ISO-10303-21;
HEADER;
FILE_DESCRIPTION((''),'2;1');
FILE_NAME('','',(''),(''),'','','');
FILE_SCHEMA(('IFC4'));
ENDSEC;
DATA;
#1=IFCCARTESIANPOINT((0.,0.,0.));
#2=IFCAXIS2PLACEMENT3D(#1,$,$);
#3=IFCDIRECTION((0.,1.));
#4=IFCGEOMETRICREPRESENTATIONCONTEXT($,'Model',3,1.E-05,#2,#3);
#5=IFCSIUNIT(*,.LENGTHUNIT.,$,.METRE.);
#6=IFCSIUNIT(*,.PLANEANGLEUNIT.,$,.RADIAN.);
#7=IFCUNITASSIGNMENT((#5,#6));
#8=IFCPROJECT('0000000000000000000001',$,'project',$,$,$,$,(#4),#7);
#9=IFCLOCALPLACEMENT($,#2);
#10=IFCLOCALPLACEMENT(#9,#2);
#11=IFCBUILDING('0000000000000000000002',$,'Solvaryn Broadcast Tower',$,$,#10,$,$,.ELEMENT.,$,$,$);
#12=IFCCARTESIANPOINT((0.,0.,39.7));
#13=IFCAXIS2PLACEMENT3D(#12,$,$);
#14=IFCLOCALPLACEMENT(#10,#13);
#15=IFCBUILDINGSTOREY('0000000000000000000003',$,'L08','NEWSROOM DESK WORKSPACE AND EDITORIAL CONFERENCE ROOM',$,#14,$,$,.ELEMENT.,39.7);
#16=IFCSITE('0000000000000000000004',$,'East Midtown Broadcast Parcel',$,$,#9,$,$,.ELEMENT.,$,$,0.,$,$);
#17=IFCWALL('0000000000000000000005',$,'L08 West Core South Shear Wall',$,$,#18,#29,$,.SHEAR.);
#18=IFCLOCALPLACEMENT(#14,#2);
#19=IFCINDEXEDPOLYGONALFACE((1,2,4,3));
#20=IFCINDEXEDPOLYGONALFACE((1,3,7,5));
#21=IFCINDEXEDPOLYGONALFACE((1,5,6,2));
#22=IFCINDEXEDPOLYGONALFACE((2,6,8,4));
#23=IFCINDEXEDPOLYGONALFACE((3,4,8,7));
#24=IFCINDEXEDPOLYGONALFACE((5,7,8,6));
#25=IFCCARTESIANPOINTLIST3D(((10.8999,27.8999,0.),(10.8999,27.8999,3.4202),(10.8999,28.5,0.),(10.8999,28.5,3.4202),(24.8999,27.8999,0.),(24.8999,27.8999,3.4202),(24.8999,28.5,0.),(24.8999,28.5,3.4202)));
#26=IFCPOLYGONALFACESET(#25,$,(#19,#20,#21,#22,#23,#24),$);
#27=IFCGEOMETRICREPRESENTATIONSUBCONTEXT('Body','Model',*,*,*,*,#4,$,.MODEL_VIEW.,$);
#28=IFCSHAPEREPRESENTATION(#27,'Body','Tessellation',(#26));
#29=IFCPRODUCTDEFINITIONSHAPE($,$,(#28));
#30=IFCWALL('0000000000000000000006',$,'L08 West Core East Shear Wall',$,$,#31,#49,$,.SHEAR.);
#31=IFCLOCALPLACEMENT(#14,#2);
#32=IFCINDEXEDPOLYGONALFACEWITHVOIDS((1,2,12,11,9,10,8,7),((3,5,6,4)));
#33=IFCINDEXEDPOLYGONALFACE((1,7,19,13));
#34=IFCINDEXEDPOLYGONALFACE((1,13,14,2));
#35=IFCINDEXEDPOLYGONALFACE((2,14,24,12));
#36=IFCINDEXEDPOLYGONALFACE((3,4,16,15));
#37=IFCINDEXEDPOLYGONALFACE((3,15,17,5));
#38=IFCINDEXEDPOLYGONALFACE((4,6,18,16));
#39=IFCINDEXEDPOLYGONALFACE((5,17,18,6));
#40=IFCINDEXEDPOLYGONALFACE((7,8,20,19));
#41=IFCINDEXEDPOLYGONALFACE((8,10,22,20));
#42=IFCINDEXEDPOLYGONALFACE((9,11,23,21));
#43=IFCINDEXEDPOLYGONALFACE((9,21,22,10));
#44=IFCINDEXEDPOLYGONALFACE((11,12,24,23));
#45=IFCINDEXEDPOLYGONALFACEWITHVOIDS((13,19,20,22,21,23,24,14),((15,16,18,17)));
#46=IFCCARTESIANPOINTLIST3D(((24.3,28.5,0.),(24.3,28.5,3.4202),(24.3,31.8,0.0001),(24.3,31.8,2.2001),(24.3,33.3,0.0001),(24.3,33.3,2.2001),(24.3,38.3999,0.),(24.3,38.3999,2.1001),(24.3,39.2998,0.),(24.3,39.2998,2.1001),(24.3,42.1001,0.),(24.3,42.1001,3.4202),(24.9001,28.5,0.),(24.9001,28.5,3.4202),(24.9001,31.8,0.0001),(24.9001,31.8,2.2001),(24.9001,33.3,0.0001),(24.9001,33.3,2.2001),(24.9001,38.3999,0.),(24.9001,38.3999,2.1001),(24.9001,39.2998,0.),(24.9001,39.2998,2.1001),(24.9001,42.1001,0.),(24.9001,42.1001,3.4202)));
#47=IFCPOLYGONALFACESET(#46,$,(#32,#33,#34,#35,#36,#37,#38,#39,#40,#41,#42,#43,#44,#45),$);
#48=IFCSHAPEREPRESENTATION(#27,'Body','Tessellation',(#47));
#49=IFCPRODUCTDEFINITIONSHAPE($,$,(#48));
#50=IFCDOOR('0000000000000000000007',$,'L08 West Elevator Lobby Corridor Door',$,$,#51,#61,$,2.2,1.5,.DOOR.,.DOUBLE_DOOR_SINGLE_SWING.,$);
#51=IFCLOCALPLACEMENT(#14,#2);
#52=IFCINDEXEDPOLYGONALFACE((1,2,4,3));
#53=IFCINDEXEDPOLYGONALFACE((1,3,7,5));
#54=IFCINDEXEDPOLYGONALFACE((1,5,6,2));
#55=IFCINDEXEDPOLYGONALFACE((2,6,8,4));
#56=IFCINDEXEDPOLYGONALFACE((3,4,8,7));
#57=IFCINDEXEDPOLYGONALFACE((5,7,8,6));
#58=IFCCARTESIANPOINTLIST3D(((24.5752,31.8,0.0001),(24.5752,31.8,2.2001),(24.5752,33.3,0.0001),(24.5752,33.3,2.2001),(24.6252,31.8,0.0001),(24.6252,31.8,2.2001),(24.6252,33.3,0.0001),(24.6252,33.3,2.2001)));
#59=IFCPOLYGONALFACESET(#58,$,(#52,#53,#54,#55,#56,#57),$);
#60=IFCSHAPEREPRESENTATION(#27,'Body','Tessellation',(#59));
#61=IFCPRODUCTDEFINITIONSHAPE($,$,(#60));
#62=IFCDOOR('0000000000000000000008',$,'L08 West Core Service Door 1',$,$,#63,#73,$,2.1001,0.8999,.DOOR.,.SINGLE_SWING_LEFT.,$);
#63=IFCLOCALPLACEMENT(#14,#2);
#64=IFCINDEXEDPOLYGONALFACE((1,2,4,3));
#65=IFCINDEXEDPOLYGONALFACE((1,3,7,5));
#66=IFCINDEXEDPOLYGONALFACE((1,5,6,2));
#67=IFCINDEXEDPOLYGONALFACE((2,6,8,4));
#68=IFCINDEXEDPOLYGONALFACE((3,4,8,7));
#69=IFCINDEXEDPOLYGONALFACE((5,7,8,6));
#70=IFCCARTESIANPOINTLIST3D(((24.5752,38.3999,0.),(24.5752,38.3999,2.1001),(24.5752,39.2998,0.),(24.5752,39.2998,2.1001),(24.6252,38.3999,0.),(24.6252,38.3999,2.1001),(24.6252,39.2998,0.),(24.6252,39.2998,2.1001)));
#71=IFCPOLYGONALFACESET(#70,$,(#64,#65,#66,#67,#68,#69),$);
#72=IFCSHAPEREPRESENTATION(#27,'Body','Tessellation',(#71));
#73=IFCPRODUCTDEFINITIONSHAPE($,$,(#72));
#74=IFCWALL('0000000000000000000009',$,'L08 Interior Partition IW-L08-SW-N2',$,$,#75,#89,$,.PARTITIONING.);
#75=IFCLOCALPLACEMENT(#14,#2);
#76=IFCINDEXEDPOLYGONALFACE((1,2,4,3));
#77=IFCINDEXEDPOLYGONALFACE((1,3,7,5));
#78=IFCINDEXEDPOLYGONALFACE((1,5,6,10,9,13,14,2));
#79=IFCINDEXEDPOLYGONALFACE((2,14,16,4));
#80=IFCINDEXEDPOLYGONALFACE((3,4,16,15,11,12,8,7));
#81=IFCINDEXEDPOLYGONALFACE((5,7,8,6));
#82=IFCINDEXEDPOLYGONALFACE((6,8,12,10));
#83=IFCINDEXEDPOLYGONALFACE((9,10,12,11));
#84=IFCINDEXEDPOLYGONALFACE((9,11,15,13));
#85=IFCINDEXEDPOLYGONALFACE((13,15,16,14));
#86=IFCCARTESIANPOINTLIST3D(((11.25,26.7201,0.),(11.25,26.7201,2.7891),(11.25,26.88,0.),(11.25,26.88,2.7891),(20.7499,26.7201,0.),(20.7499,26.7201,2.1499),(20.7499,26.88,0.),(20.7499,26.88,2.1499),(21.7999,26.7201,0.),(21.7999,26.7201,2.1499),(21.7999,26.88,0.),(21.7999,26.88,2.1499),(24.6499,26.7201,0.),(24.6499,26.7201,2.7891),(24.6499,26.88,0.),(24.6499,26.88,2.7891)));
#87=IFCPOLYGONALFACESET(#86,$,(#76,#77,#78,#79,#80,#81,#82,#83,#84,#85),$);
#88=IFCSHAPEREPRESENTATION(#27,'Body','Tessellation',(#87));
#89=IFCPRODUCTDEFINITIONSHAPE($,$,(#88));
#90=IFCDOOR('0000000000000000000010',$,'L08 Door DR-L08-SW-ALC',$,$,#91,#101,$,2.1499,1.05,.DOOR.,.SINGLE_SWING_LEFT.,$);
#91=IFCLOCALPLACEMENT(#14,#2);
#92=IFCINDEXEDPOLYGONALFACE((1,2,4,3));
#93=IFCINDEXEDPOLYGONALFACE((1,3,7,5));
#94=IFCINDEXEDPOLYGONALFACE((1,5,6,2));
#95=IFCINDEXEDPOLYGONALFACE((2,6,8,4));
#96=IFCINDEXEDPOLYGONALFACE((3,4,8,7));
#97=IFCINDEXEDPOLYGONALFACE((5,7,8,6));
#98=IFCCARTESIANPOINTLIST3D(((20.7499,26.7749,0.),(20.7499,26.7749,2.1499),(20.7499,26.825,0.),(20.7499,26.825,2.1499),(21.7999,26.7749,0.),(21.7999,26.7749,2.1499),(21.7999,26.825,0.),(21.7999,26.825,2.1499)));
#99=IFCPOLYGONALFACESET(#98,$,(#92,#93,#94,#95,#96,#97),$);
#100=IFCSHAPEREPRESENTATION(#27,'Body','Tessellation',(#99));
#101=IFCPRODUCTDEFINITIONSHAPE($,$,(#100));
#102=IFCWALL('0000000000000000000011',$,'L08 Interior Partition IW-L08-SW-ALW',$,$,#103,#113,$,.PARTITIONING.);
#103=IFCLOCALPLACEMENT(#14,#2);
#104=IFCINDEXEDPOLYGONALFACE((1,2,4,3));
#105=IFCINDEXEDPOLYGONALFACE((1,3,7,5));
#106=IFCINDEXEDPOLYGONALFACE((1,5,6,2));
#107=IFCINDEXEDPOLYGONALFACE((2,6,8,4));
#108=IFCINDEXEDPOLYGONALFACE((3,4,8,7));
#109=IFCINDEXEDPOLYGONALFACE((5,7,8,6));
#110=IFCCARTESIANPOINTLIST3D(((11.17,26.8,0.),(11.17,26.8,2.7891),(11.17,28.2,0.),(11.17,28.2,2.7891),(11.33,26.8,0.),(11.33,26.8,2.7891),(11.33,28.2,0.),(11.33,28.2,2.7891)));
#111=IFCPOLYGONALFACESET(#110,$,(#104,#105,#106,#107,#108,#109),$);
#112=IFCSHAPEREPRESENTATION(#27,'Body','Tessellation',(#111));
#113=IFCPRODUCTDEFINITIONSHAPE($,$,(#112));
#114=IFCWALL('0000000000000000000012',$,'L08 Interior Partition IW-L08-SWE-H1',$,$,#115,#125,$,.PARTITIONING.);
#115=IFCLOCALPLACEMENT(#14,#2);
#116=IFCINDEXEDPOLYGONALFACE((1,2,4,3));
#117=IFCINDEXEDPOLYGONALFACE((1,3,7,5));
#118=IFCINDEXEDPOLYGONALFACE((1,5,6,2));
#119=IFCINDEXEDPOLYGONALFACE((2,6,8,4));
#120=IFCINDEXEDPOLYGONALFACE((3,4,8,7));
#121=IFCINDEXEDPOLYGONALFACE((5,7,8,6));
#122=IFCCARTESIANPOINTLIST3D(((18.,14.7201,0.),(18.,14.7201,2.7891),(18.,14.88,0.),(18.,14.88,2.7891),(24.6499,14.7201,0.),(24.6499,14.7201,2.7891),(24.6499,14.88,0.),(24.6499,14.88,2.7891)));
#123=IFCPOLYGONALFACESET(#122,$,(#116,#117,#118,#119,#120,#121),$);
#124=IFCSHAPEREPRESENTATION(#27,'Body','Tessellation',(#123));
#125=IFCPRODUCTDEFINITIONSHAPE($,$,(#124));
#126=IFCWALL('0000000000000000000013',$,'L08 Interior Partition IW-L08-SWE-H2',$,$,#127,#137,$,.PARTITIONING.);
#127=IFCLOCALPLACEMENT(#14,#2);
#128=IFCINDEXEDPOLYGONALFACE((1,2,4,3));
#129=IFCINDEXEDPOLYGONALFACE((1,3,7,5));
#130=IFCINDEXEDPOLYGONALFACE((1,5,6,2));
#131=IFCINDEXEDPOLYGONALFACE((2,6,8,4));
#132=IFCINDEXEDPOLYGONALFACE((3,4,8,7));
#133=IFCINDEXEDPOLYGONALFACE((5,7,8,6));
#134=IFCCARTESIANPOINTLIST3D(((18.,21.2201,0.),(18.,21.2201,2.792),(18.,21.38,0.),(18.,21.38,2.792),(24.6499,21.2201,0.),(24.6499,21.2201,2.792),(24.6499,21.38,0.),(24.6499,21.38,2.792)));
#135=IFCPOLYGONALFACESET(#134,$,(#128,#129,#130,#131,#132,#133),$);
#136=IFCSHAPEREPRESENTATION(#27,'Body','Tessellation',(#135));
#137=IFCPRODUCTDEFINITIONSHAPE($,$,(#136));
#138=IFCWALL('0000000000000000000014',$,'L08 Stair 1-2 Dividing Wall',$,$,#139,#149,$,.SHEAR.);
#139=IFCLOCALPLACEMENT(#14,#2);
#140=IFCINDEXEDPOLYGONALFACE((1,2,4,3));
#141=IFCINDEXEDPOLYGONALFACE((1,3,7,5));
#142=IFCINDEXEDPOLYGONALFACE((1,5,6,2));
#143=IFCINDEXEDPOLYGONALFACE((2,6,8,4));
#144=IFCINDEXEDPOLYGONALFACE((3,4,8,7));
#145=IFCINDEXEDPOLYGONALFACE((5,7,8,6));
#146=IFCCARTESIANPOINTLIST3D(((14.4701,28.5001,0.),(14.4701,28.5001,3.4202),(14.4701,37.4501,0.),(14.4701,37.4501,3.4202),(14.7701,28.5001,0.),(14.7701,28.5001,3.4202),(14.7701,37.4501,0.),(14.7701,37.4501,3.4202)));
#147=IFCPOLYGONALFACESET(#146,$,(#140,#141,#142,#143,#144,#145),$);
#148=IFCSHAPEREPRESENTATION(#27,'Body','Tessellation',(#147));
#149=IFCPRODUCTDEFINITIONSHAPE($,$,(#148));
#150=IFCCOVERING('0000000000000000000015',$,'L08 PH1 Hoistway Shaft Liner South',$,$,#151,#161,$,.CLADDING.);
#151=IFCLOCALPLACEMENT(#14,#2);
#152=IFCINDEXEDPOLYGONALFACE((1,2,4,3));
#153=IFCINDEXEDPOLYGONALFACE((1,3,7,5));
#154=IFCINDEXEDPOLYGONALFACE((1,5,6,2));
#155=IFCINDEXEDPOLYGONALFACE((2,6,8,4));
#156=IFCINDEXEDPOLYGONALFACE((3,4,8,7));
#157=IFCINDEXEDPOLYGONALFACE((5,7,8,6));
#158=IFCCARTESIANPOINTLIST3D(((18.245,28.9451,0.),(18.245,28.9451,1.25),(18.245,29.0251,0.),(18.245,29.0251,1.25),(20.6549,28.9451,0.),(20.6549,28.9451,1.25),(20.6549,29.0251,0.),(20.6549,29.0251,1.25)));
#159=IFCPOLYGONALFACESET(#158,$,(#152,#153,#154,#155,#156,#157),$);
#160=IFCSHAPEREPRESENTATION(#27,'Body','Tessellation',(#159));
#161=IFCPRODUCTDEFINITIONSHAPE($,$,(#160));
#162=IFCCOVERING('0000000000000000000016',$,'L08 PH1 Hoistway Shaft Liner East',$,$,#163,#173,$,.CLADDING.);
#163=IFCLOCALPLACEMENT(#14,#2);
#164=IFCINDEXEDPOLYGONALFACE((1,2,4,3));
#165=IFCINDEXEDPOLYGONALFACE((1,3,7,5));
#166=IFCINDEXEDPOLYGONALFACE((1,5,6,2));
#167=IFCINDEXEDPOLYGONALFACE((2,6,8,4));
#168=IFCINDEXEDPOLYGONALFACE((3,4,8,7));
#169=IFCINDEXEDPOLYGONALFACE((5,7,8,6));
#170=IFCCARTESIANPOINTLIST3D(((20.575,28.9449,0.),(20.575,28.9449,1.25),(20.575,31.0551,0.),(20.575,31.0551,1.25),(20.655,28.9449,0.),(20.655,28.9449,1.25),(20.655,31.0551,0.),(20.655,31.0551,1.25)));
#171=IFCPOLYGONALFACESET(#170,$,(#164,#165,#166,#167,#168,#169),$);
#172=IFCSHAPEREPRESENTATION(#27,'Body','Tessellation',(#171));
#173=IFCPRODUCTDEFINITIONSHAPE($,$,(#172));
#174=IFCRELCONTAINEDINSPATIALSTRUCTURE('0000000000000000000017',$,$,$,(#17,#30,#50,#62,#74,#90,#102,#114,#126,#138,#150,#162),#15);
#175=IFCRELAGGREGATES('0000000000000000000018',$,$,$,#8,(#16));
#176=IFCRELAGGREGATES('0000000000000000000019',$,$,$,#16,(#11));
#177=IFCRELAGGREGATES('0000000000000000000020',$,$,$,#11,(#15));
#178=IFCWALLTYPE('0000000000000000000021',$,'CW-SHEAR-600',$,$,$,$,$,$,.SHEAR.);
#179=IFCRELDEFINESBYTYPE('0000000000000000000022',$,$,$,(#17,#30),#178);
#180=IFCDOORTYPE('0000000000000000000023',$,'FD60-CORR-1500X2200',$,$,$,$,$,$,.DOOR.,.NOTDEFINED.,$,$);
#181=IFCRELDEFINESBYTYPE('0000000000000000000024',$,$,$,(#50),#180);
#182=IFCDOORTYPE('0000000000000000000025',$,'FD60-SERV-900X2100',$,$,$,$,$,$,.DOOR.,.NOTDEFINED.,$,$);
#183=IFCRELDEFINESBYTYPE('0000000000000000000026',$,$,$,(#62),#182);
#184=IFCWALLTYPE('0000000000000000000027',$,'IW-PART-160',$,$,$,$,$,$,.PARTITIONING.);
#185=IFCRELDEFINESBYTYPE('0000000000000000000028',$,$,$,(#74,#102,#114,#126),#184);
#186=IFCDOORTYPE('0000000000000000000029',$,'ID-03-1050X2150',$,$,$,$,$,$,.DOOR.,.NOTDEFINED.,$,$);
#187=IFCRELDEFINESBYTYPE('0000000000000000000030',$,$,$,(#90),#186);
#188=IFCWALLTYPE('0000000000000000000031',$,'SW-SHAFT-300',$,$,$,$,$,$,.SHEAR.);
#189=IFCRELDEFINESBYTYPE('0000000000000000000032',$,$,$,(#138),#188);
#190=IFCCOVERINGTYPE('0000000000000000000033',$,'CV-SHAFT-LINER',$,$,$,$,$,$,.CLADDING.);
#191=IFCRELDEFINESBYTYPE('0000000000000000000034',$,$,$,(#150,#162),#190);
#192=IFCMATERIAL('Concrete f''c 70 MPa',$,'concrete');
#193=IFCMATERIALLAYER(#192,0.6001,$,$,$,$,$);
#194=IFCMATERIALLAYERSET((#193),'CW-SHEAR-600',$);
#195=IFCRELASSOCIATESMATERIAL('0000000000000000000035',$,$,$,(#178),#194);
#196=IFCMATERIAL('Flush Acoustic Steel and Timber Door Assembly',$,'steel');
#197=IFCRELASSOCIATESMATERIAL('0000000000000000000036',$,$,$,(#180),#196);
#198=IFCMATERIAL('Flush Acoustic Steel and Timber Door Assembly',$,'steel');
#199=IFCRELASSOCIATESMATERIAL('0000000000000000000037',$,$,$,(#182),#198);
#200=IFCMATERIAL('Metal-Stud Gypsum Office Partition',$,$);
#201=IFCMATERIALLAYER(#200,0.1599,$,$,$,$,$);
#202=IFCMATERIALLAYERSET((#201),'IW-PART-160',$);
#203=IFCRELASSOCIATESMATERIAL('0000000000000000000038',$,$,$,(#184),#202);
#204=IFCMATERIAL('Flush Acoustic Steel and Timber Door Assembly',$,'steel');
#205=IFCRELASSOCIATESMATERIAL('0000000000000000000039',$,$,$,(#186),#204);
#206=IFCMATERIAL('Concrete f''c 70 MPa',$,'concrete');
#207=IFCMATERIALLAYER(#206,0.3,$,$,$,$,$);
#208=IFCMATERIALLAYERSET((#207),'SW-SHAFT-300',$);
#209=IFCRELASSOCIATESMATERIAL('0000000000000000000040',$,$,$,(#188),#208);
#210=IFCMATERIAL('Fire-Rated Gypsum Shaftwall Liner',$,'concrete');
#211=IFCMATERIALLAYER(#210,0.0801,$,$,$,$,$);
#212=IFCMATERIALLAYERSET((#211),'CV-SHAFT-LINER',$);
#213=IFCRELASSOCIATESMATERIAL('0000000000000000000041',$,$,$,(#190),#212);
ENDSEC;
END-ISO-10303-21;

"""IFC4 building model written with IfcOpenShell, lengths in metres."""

from ifc_helpers import new_model, si_unit, direction, frame, frame_2d, origin, origin_2d, place, context, subcontext, project, spatial, rectangle, extrude, material, layer, layer_set, type_object, element, fill, save


model = new_model("IFC4")

# Units and contexts
model_context = context("Model", 3, precision=1e-05, world=origin(), true_north=direction((0.0, 1.0)))
body_context = subcontext(model_context, "Body", "Model", "MODEL_VIEW")
ifc_project = project(units=[si_unit("LENGTHUNIT", "METRE"), si_unit("PLANEANGLEUNIT", "RADIAN")], contexts=[model_context])

# Site, building, storey
site_placement = place(None, origin())
site = spatial("IfcSite", under=ifc_project, at=site_placement, Name="East Midtown Broadcast Parcel", CompositionType="ELEMENT", RefElevation=0.0)
building_placement = place(site_placement, origin())
building = spatial("IfcBuilding", under=site, at=building_placement, Name="Solvaryn Broadcast Tower", CompositionType="ELEMENT")
storey_placement = place(building_placement, frame((0.0, 0.0, 39.7)))
storey = spatial("IfcBuildingStorey", under=building, at=storey_placement, Name="L08", Description="NEWSROOM DESK WORKSPACE AND EDITORIAL CONFERENCE ROOM", CompositionType="ELEMENT", Elevation=39.7)

# Wall
ifc_material_1 = material(Name="Concrete f'c 70 MPa", Category="concrete")
ifc_layer_1 = layer(ifc_material_1, 0.6001)
ifc_layer_set_1 = layer_set([ifc_layer_1], Name="CW-SHEAR-600")
wall_type_1 = type_object("IfcWallType", Name="CW-SHEAR-600", PredefinedType="SHEAR", material=ifc_layer_set_1)
wall_1_placement = place(storey_placement, frame((10.8999, 28.2, 0.0), z_axis=(0.0, 0.0, 1.0), x_axis=(1.0, 0.0, 0.0)))
element("IfcWall", 1, at=wall_1_placement, inside=storey, type_object=wall_type_1, Name="L08 West Core South Shear Wall", PredefinedType="SHEAR", context=body_context, shape_type="SweptSolid", body=[
    extrude(rectangle(XDim=14.0, YDim=0.6001, at=frame_2d((7.0, 0.0))), origin(), (0.0, 0.0, 1.0), 3.4202),
])

# Wall, openings, doors
wall_2_placement = place(storey_placement, frame((24.6001, 28.5, 0.0), z_axis=(0.0, 0.0, 1.0), x_axis=(0.0, 1.0, 0.0)))
wall_2 = element("IfcWall", 2, at=wall_2_placement, inside=storey, type_object=wall_type_1, Name="L08 West Core East Shear Wall", PredefinedType="SHEAR", context=body_context, shape_type="SweptSolid", body=[
    extrude(rectangle(XDim=13.6001, YDim=0.6001, at=frame_2d((6.8, 0.0))), origin(), (0.0, 0.0, 1.0), 3.4202),
])
opening_1_placement = place(wall_2_placement, frame((3.3, 0.0, 0.0)))
opening_1 = element("IfcOpeningElement", 3, at=opening_1_placement, cuts=wall_2, PredefinedType="OPENING", context=body_context, shape_type="SweptSolid", body=[
    extrude(rectangle(XDim=1.5, YDim=2.2, at=frame_2d((0.75, 1.1001))), frame((0.0, 0.3101, 0.0), z_axis=(0.0, -1.0, 0.0), x_axis=(1.0, 0.0, 0.0)), (0.0, 0.0, 1.0), 0.6201),
])
opening_2_placement = place(wall_2_placement, frame((9.8999, 0.0, 0.0)))
opening_2 = element("IfcOpeningElement", 4, at=opening_2_placement, cuts=wall_2, PredefinedType="OPENING", context=body_context, shape_type="SweptSolid", body=[
    extrude(rectangle(XDim=0.8999, YDim=2.1001, at=frame_2d((0.45, 1.05))), frame((0.0, 0.3101, 0.0), z_axis=(0.0, -1.0, 0.0), x_axis=(1.0, 0.0, 0.0)), (0.0, 0.0, 1.0), 0.6201),
])
ifc_material_2 = material(Name="Flush Acoustic Steel and Timber Door Assembly", Category="steel")
door_type_1 = type_object("IfcDoorType", Name="FD60-CORR-1500X2200", OperationType="NOTDEFINED", PredefinedType="DOOR", material=ifc_material_2)
door_1_placement = place(opening_1_placement, origin())
door_1 = element("IfcDoor", 5, at=door_1_placement, inside=storey, type_object=door_type_1, Name="L08 West Elevator Lobby Corridor Door", OperationType="DOUBLE_DOOR_SINGLE_SWING", OverallHeight=2.2, OverallWidth=1.5, PredefinedType="DOOR", context=body_context, shape_type="SweptSolid", body=[
    extrude(rectangle(XDim=1.5, YDim=2.2, at=frame_2d((0.75, 1.1001))), frame((0.0, 0.0249, 0.0), z_axis=(0.0, -1.0, 0.0), x_axis=(1.0, 0.0, 0.0)), (0.0, 0.0, 1.0), 0.05),
])
fill(opening_1, door_1)
ifc_material_3 = material(Name="Flush Acoustic Steel and Timber Door Assembly", Category="steel")
door_type_2 = type_object("IfcDoorType", Name="FD60-SERV-900X2100", OperationType="NOTDEFINED", PredefinedType="DOOR", material=ifc_material_3)
door_2_placement = place(opening_2_placement, origin())
door_2 = element("IfcDoor", 6, at=door_2_placement, inside=storey, type_object=door_type_2, Name="L08 West Core Service Door 1", OperationType="SINGLE_SWING_LEFT", OverallHeight=2.1001, OverallWidth=0.8999, PredefinedType="DOOR", context=body_context, shape_type="SweptSolid", body=[
    extrude(rectangle(XDim=0.8999, YDim=2.1001, at=frame_2d((0.45, 1.05))), frame((0.0, 0.0249, 0.0), z_axis=(0.0, -1.0, 0.0), x_axis=(1.0, 0.0, 0.0)), (0.0, 0.0, 1.0), 0.05),
])
fill(opening_2, door_2)

# Wall, opening, door
ifc_material_4 = material(Name="Metal-Stud Gypsum Office Partition")
ifc_layer_2 = layer(ifc_material_4, 0.1599)
ifc_layer_set_2 = layer_set([ifc_layer_2], Name="IW-PART-160")
wall_type_2 = type_object("IfcWallType", Name="IW-PART-160", PredefinedType="PARTITIONING", material=ifc_layer_set_2)
wall_3_placement = place(storey_placement, frame((11.25, 26.8, 0.0), z_axis=(0.0, 0.0, 1.0), x_axis=(1.0, 0.0, 0.0)))
wall_3 = element("IfcWall", 7, at=wall_3_placement, inside=storey, type_object=wall_type_2, Name="L08 Interior Partition IW-L08-SW-N2", PredefinedType="PARTITIONING", context=body_context, shape_type="SweptSolid", body=[
    extrude(rectangle(XDim=13.3999, YDim=0.1599, at=frame_2d((6.7, 0.0))), origin(), (0.0, 0.0, 1.0), 2.7891),
])
opening_3_placement = place(wall_3_placement, frame((9.5, 0.0, 0.0)))
opening_3 = element("IfcOpeningElement", 8, at=opening_3_placement, cuts=wall_3, PredefinedType="OPENING", context=body_context, shape_type="SweptSolid", body=[
    extrude(rectangle(XDim=1.05, YDim=2.1499, at=frame_2d((0.5249, 1.075))), frame((0.0, 0.0901, 0.0), z_axis=(0.0, -1.0, 0.0), x_axis=(1.0, 0.0, 0.0)), (0.0, 0.0, 1.0), 0.1799),
])
ifc_material_5 = material(Name="Flush Acoustic Steel and Timber Door Assembly", Category="steel")
door_type_3 = type_object("IfcDoorType", Name="ID-03-1050X2150", OperationType="NOTDEFINED", PredefinedType="DOOR", material=ifc_material_5)
door_3_placement = place(opening_3_placement, origin())
door_3 = element("IfcDoor", 9, at=door_3_placement, inside=storey, type_object=door_type_3, Name="L08 Door DR-L08-SW-ALC", OperationType="SINGLE_SWING_LEFT", OverallHeight=2.1499, OverallWidth=1.05, PredefinedType="DOOR", context=body_context, shape_type="SweptSolid", body=[
    extrude(rectangle(XDim=1.05, YDim=2.1499, at=frame_2d((0.5249, 1.075))), frame((0.0, 0.0249, 0.0), z_axis=(0.0, -1.0, 0.0), x_axis=(1.0, 0.0, 0.0)), (0.0, 0.0, 1.0), 0.05),
])
fill(opening_3, door_3)

# Walls
wall_4_placement = place(storey_placement, frame((11.25, 26.8, 0.0), z_axis=(0.0, 0.0, 1.0), x_axis=(0.0, 1.0, 0.0)))
element("IfcWall", 10, at=wall_4_placement, inside=storey, type_object=wall_type_2, Name="L08 Interior Partition IW-L08-SW-ALW", PredefinedType="PARTITIONING", context=body_context, shape_type="SweptSolid", body=[
    extrude(rectangle(XDim=1.3999, YDim=0.1599, at=frame_2d((0.7, 0.0))), origin(), (0.0, 0.0, 1.0), 2.7891),
])
wall_5_placement = place(storey_placement, frame((18.0, 14.8, 0.0), z_axis=(0.0, 0.0, 1.0), x_axis=(1.0, 0.0, 0.0)))
element("IfcWall", 11, at=wall_5_placement, inside=storey, type_object=wall_type_2, Name="L08 Interior Partition IW-L08-SWE-H1", PredefinedType="PARTITIONING", context=body_context, shape_type="SweptSolid", body=[
    extrude(rectangle(XDim=6.6499, YDim=0.1599, at=frame_2d((3.325, 0.0))), origin(), (0.0, 0.0, 1.0), 2.7891),
])
wall_6_placement = place(storey_placement, frame((18.0, 21.3, 0.0), z_axis=(0.0, 0.0, 1.0), x_axis=(1.0, 0.0, 0.0)))
element("IfcWall", 12, at=wall_6_placement, inside=storey, type_object=wall_type_2, Name="L08 Interior Partition IW-L08-SWE-H2", PredefinedType="PARTITIONING", context=body_context, shape_type="SweptSolid", body=[
    extrude(rectangle(XDim=6.6499, YDim=0.1599, at=frame_2d((3.325, 0.0))), origin(), (0.0, 0.0, 1.0), 2.792),
])
ifc_material_6 = material(Name="Concrete f'c 70 MPa", Category="concrete")
ifc_layer_3 = layer(ifc_material_6, 0.3)
ifc_layer_set_3 = layer_set([ifc_layer_3], Name="SW-SHAFT-300")
wall_type_3 = type_object("IfcWallType", Name="SW-SHAFT-300", PredefinedType="SHEAR", material=ifc_layer_set_3)
wall_7_placement = place(storey_placement, frame((14.6201, 28.5, 0.0), z_axis=(0.0, 0.0, 1.0), x_axis=(0.0, 1.0, 0.0)))
element("IfcWall", 13, at=wall_7_placement, inside=storey, type_object=wall_type_3, Name="L08 Stair 1-2 Dividing Wall", PredefinedType="SHEAR", context=body_context, shape_type="SweptSolid", body=[
    extrude(rectangle(XDim=8.95, YDim=0.3, at=frame_2d((4.4751, 0.0))), origin(), (0.0, 0.0, 1.0), 3.4202),
])

# Coverings
ifc_material_7 = material(Name="Fire-Rated Gypsum Shaftwall Liner", Category="concrete")
ifc_layer_4 = layer(ifc_material_7, 0.0801)
ifc_layer_set_4 = layer_set([ifc_layer_4], Name="CV-SHAFT-LINER")
covering_type = type_object("IfcCoveringType", Name="CV-SHAFT-LINER", PredefinedType="CLADDING", material=ifc_layer_set_4)
covering_1_placement = place(storey_placement, frame((19.45, 28.9851, 0.0), z_axis=(0.0, 0.0, 1.0), x_axis=(1.0, 0.0, 0.0)))
element("IfcCovering", 14, at=covering_1_placement, inside=storey, type_object=covering_type, Name="L08 PH1 Hoistway Shaft Liner South", PredefinedType="CLADDING", context=body_context, shape_type="SweptSolid", body=[
    extrude(rectangle(XDim=2.4099, YDim=0.0801, at=origin_2d()), origin(), (0.0, 0.0, 1.0), 1.25),
])
for number, where, z_axis, x_axis, name in (
    (15, (20.615, 30.0, 0.0), (0.0, 0.0, 1.0), (1.0, 0.0, 0.0), "L08 PH1 Hoistway Shaft Liner East"),
):
    element("IfcCovering", number, at=place(storey_placement, frame(where, z_axis=z_axis, x_axis=x_axis)), inside=storey, type_object=covering_type, Name=name, PredefinedType="CLADDING", context=body_context, shape_type="SweptSolid", body=[
        extrude(rectangle(XDim=0.0801, YDim=2.1101, at=origin_2d()), origin(), (0.0, 0.0, 1.0), 1.25),
    ])

save(model, "model.ifc")
